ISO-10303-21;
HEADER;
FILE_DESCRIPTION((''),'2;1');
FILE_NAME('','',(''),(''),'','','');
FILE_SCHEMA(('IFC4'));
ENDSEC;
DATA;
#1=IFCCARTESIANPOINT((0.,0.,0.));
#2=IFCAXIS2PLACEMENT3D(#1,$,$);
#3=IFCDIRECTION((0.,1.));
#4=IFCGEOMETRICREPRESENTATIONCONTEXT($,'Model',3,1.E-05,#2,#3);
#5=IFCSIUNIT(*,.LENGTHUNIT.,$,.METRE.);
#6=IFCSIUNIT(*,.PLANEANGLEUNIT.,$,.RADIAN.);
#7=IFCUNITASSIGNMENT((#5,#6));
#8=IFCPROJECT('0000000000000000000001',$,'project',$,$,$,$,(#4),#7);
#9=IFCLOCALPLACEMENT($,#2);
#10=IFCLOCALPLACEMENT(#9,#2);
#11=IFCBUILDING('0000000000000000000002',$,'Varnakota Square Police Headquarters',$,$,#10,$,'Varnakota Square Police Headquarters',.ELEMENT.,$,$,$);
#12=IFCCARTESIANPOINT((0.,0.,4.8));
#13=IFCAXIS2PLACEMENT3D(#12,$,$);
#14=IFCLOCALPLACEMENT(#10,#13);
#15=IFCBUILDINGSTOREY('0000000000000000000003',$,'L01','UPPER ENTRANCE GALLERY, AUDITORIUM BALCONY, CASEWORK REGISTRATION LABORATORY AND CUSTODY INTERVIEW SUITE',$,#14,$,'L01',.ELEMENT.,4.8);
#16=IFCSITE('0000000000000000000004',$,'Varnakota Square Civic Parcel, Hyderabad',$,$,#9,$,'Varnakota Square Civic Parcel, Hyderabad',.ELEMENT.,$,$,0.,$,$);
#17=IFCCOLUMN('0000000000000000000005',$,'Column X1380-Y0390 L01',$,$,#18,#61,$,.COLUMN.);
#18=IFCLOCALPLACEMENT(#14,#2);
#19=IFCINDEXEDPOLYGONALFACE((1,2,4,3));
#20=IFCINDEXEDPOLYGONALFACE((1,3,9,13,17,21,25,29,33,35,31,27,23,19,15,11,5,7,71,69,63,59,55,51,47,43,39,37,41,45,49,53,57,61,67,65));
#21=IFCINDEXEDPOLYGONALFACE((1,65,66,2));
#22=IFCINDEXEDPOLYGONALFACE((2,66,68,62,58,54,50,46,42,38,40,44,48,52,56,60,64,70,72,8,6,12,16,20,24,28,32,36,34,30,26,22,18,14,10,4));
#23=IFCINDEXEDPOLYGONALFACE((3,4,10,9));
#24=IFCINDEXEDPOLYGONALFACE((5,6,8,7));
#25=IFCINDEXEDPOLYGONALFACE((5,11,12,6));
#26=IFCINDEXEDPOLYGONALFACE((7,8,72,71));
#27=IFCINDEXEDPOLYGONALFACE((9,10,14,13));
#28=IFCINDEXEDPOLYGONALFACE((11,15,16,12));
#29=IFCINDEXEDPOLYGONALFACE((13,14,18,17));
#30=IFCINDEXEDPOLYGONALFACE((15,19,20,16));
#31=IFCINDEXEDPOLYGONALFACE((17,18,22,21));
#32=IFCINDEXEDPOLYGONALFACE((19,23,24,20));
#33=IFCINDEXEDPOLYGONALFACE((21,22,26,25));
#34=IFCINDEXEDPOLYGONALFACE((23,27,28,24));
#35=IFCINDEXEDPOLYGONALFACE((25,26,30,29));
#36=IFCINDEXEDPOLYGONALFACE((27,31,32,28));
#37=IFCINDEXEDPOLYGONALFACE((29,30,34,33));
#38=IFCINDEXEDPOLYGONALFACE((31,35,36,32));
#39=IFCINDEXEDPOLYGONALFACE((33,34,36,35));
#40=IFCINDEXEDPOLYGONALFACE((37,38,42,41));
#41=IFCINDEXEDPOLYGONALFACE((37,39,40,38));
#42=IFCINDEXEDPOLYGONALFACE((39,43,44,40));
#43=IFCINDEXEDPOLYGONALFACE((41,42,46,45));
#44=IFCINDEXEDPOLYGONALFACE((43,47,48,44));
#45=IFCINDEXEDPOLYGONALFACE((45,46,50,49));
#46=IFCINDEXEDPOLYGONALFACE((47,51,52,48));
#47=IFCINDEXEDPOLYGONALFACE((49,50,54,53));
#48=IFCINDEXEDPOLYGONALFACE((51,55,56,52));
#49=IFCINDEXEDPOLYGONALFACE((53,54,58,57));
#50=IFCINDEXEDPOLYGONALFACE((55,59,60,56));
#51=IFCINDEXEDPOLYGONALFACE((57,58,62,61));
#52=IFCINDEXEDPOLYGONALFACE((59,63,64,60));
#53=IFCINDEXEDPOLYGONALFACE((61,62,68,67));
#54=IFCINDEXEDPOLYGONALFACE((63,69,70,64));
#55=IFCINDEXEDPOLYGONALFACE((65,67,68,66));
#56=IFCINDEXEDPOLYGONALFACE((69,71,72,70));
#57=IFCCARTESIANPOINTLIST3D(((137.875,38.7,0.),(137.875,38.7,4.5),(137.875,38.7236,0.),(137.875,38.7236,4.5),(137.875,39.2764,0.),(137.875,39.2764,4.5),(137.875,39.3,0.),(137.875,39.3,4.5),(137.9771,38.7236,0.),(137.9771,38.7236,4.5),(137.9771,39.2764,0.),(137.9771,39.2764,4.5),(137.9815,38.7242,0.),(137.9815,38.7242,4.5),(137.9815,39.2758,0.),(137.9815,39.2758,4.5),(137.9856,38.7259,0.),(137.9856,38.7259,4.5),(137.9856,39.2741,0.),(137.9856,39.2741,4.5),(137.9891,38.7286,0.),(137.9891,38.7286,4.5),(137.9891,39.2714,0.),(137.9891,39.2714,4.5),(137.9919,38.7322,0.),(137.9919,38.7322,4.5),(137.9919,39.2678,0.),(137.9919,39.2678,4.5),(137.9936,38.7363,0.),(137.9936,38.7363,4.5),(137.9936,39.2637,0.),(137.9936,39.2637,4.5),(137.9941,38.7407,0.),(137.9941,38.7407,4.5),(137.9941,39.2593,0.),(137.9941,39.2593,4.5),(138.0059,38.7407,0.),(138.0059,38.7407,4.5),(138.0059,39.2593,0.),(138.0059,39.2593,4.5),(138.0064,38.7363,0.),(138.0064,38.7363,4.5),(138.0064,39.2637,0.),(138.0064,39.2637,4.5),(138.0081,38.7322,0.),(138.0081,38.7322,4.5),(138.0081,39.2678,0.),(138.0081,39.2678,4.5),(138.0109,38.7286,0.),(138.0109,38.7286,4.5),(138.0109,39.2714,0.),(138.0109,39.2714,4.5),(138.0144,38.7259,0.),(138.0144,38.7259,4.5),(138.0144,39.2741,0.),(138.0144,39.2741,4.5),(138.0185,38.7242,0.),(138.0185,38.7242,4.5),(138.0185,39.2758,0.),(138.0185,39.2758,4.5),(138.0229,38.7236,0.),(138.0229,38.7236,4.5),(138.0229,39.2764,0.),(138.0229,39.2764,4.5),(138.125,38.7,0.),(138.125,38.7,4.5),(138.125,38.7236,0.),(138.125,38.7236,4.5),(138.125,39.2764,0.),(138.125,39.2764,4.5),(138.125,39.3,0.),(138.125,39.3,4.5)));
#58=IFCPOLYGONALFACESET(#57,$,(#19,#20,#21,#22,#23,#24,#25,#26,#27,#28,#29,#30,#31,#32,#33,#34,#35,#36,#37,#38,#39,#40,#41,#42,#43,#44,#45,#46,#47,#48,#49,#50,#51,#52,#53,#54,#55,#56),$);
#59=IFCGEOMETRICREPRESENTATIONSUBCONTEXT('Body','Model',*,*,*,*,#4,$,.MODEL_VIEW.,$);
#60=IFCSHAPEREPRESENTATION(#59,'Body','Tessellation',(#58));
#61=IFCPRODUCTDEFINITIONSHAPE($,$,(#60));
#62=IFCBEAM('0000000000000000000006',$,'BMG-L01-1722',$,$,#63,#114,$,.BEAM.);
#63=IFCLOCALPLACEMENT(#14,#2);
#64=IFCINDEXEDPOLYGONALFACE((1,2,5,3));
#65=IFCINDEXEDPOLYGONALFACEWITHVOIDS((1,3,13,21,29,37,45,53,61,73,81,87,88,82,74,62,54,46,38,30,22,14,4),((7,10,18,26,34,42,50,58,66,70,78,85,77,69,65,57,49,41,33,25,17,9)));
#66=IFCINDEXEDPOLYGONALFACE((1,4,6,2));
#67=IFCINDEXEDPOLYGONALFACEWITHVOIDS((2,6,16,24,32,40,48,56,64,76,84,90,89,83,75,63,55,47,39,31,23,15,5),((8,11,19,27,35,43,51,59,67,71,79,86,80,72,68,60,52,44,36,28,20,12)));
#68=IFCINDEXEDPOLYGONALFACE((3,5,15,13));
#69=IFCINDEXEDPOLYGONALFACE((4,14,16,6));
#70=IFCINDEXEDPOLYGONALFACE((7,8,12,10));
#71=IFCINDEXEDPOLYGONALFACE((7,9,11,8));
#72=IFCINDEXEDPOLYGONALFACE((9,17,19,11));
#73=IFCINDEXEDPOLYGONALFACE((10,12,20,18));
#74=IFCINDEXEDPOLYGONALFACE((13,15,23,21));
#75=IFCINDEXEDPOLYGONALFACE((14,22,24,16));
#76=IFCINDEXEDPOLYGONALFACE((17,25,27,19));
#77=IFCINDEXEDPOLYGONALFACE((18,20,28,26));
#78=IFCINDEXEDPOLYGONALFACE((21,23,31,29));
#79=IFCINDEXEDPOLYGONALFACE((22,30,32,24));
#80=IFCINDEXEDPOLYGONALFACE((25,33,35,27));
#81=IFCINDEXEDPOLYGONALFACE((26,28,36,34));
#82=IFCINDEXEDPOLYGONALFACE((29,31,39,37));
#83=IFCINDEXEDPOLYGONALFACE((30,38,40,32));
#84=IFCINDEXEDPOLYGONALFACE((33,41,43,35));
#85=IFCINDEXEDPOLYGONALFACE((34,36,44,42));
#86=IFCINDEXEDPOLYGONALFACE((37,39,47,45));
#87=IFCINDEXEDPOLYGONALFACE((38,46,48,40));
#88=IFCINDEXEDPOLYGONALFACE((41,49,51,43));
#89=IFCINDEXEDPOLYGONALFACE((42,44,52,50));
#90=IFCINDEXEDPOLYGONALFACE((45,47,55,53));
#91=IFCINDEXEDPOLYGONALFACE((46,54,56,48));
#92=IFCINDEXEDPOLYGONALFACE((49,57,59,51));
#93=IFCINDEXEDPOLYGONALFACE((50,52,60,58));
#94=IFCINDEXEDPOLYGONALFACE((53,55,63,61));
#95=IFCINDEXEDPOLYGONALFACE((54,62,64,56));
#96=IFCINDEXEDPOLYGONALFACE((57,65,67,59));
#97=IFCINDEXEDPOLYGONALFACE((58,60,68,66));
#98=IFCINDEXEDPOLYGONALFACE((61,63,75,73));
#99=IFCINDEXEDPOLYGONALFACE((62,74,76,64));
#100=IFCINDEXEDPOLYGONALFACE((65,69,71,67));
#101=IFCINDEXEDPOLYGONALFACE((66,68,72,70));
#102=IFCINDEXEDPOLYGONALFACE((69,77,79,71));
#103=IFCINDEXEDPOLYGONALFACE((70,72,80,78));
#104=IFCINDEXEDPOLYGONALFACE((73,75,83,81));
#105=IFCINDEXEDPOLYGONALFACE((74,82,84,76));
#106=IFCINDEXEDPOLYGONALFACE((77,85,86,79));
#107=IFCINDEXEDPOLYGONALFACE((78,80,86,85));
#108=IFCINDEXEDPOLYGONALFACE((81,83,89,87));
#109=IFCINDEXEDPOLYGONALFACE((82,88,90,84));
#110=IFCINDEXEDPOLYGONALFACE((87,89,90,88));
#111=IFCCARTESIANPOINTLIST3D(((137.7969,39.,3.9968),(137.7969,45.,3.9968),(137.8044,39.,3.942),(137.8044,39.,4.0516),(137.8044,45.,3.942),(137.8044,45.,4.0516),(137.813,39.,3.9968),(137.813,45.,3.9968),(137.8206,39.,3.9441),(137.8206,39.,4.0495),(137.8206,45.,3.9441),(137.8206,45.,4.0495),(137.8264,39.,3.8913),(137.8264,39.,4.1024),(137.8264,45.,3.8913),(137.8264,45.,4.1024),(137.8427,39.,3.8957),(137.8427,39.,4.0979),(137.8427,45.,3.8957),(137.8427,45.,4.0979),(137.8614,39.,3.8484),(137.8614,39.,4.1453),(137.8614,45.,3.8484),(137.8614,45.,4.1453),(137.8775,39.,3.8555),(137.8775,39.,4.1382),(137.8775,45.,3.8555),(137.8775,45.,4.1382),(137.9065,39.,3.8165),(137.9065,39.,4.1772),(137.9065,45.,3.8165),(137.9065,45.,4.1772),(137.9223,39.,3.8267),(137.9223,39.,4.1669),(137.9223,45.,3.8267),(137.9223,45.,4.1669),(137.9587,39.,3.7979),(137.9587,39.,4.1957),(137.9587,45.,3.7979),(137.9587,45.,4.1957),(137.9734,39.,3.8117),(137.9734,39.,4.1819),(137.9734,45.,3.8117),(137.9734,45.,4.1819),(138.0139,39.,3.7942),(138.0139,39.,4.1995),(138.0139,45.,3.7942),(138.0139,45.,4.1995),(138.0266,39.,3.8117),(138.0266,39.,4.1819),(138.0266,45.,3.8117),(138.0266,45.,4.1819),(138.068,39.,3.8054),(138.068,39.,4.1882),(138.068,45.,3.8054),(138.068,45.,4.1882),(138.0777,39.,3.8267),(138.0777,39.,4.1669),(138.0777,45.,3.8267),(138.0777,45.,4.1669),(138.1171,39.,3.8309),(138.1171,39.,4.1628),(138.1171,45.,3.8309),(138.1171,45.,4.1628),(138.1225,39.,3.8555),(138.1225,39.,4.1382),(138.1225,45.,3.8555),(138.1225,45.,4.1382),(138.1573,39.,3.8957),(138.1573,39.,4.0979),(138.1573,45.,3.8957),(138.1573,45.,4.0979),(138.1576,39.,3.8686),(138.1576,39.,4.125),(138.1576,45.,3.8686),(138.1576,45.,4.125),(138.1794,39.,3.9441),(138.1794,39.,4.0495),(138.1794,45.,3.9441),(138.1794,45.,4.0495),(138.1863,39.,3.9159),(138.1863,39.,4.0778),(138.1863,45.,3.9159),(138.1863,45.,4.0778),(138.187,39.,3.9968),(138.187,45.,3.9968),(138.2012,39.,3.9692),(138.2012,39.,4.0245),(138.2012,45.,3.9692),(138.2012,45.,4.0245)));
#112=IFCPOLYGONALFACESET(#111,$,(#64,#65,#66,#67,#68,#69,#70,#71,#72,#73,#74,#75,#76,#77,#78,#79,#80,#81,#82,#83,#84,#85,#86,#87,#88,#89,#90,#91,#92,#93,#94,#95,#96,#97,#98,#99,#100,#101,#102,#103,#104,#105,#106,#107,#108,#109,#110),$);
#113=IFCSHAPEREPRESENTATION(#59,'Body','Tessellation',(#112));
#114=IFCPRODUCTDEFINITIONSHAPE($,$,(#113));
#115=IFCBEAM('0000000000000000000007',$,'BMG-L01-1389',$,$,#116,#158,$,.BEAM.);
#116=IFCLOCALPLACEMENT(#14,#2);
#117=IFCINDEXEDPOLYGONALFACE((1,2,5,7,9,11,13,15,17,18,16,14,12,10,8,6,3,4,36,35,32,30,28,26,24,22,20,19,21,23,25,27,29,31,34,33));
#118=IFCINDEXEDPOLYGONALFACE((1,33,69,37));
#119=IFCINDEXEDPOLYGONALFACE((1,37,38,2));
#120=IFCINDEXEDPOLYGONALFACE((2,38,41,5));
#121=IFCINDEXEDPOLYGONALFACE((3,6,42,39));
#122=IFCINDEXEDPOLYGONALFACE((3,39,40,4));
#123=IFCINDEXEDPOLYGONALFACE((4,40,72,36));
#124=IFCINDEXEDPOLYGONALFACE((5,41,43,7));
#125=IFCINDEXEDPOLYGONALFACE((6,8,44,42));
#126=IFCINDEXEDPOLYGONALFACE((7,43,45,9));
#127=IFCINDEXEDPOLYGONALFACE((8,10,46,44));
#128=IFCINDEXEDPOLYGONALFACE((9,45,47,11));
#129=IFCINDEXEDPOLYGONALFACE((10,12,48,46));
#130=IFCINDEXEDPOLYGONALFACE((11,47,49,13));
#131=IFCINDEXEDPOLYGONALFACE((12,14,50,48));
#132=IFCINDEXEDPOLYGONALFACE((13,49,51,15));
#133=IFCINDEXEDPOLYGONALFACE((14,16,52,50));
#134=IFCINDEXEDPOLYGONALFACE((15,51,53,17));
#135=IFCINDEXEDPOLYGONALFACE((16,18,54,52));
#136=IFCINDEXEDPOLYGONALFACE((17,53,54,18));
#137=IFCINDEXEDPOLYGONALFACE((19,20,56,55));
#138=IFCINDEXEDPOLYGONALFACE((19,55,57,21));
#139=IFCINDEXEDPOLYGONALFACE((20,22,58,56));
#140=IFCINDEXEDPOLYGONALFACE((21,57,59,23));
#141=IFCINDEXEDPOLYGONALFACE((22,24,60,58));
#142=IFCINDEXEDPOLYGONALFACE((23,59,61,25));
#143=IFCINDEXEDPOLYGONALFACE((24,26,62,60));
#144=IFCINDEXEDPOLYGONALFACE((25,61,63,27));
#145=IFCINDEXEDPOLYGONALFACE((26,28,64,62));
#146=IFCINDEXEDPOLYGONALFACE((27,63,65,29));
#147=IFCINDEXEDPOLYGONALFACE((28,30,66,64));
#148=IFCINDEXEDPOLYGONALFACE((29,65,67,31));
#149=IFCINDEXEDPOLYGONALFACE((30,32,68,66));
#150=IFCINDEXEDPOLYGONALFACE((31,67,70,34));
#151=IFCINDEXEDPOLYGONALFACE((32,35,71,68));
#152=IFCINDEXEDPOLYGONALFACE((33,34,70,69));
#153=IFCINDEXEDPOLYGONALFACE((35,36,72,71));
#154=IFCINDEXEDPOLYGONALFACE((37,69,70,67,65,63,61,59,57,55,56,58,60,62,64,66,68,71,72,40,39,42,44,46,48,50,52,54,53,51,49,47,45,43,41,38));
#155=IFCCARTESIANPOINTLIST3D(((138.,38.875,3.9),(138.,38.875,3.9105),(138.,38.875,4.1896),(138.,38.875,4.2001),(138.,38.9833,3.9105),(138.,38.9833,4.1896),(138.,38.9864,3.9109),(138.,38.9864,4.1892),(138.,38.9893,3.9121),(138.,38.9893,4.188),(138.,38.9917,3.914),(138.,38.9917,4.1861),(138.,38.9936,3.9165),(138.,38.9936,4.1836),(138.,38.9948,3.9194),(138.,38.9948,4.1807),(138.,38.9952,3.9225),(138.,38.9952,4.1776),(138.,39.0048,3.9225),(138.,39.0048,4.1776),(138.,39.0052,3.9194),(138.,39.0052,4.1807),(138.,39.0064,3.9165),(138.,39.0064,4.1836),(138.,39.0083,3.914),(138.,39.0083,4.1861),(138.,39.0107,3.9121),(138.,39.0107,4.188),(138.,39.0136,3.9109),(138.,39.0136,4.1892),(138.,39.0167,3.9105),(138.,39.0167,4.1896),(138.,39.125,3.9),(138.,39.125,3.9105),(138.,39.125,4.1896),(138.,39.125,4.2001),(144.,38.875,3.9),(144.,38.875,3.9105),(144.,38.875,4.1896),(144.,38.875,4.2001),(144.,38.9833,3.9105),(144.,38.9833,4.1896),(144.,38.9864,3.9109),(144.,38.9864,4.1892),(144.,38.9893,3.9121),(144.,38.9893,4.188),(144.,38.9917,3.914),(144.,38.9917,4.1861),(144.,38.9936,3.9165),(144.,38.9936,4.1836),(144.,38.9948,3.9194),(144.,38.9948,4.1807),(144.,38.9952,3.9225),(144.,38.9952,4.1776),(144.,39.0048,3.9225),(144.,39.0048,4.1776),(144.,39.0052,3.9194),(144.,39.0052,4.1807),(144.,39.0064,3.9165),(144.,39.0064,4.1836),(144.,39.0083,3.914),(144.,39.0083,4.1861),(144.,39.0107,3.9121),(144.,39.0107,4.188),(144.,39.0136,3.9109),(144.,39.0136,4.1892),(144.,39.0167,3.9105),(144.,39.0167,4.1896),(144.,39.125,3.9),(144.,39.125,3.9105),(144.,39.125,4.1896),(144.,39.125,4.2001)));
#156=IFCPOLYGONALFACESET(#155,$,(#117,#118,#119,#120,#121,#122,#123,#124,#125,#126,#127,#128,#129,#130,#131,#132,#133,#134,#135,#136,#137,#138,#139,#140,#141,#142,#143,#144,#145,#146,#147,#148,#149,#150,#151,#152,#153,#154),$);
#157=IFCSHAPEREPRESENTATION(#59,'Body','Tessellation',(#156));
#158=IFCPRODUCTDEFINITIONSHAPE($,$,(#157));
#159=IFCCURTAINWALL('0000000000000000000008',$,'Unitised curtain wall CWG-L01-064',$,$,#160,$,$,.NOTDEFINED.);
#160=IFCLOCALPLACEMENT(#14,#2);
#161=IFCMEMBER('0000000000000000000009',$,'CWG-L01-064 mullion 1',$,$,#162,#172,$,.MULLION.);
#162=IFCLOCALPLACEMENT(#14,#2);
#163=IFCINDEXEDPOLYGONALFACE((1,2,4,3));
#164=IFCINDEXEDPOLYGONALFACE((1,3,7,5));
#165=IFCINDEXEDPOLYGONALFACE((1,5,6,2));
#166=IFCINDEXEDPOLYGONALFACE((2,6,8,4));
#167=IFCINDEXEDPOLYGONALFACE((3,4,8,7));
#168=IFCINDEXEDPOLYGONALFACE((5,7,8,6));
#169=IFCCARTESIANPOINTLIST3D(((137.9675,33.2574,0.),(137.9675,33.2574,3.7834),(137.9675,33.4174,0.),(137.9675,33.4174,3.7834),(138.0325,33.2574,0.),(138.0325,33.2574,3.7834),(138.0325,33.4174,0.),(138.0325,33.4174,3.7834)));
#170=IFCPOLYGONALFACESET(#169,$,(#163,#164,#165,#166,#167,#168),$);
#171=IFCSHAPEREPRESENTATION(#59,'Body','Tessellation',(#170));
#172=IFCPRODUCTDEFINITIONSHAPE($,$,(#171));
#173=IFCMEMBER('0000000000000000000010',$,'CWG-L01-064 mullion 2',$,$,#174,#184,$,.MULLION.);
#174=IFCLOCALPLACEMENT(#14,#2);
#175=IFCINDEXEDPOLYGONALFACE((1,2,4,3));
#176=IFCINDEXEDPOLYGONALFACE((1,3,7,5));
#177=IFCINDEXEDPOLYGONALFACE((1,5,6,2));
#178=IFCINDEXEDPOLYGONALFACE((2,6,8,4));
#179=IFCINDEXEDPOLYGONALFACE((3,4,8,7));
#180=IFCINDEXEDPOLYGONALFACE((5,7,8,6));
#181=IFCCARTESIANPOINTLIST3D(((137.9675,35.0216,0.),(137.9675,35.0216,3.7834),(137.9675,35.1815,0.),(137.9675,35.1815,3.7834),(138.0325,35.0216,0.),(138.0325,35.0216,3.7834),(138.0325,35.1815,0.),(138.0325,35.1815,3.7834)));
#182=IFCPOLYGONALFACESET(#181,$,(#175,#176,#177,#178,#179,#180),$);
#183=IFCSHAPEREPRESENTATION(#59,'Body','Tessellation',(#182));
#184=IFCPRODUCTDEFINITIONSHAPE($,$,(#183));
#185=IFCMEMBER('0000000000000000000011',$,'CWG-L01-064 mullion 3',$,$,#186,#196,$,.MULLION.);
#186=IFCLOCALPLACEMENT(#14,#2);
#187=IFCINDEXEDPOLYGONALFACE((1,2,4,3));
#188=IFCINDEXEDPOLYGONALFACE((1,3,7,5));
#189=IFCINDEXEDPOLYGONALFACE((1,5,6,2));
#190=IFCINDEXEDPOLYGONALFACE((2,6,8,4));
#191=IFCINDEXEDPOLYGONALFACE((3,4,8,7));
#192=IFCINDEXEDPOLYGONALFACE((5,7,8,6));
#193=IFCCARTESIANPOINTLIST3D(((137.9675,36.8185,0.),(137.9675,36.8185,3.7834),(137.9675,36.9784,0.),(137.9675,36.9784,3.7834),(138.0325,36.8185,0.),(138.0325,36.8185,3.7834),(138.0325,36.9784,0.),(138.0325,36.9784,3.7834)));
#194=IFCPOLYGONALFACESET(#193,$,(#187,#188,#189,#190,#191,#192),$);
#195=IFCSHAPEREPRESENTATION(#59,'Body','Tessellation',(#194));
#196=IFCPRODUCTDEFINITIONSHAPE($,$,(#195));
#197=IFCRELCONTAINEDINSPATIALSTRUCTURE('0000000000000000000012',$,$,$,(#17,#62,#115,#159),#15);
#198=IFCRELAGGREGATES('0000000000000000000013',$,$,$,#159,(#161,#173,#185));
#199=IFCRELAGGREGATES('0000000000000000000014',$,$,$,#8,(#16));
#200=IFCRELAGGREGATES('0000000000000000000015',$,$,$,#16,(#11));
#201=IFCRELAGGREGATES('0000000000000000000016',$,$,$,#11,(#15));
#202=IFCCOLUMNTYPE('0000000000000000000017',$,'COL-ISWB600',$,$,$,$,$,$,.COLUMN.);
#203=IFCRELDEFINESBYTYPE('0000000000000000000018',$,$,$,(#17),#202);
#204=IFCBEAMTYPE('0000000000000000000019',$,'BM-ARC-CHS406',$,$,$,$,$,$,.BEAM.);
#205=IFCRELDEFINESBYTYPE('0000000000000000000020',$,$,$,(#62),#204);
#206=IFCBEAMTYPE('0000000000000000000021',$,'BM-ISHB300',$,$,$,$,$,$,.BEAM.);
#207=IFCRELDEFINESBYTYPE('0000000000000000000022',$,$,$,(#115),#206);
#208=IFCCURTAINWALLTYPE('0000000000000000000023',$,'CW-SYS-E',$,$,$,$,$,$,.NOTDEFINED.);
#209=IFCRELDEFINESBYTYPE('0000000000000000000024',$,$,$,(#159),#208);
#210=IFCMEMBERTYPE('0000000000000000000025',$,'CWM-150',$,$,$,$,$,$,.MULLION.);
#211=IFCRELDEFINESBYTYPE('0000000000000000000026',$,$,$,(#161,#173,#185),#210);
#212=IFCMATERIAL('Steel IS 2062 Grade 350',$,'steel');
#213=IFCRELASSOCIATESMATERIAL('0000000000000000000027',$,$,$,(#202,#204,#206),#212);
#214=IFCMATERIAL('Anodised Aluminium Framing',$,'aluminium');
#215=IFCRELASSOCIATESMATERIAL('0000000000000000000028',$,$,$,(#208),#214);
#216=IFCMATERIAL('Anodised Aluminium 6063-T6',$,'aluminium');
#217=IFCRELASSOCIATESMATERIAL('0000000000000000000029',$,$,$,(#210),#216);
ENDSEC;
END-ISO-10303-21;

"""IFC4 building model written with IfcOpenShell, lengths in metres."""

from ifc_helpers import new_model, si_unit, direction, frame, origin, origin_2d, place, context, subcontext, project, spatial, rectangle, hollow_circle, i_section, extrude, material, material_profile, profile_set, type_object, element, aggregate, save


model = new_model("IFC4")

# Units and contexts
model_context = context("Model", 3, precision=1e-05, world=origin(), true_north=direction((0.0, 1.0)))
body_context = subcontext(model_context, "Body", "Model", "MODEL_VIEW")
ifc_project = project(units=[si_unit("LENGTHUNIT", "METRE"), si_unit("PLANEANGLEUNIT", "RADIAN")], contexts=[model_context])

# Site, building, storey
site_placement = place(None, origin())
site = spatial("IfcSite", under=ifc_project, at=site_placement, Name="Varnakota Square Civic Parcel, Hyderabad", LongName="Varnakota Square Civic Parcel, Hyderabad", CompositionType="ELEMENT", RefElevation=0.0)
building_placement = place(site_placement, origin())
building = spatial("IfcBuilding", under=site, at=building_placement, Name="Varnakota Square Police Headquarters", LongName="Varnakota Square Police Headquarters", CompositionType="ELEMENT")
storey_placement = place(building_placement, frame((0.0, 0.0, 4.8)))
storey = spatial("IfcBuildingStorey", under=building, at=storey_placement, Name="L01", Description="UPPER ENTRANCE GALLERY, AUDITORIUM BALCONY, CASEWORK REGISTRATION LABORATORY AND CUSTODY INTERVIEW SUITE", LongName="L01", CompositionType="ELEMENT", Elevation=4.8)

# Column
ifc_material_1 = material(Name="Steel IS 2062 Grade 350", Category="steel")
ifc_material_profile_1 = material_profile(ifc_material_1, i_section(OverallWidth=0.25, OverallDepth=0.6001, WebThickness=0.0117, FlangeThickness=0.0237, FilletRadius=0.0171, at=origin_2d()), Name="ISWB 600")
ifc_profile_set_1 = profile_set([ifc_material_profile_1], Name="Steel IS 2062 Grade 350")
column_type = type_object("IfcColumnType", Name="COL-ISWB600", PredefinedType="COLUMN", material=ifc_profile_set_1)
column_placement = place(storey_placement, frame((138.0, 39.0, 0.0), z_axis=(0.0, 0.0, 1.0), x_axis=(1.0, 0.0, 0.0)))
element("IfcColumn", 1, at=column_placement, inside=storey, type_object=column_type, Name="Column X1380-Y0390 L01", PredefinedType="COLUMN", context=body_context, shape_type="SweptSolid", body=[
    extrude(i_section(OverallWidth=0.25, OverallDepth=0.6001, WebThickness=0.0117, FlangeThickness=0.0237, FilletRadius=0.0171, at=origin_2d()), origin(), (0.0, 0.0, 1.0), 4.5),
])

# Beams
ifc_material_profile_2 = material_profile(ifc_material_1, hollow_circle(Radius=0.2031, WallThickness=0.0161, at=origin_2d()), Name="CHS 406.4x16.0")
ifc_profile_set_2 = profile_set([ifc_material_profile_2], Name="Steel IS 2062 Grade 350")
beam_type_1 = type_object("IfcBeamType", Name="BM-ARC-CHS406", PredefinedType="BEAM", material=ifc_profile_set_2)
beam_1_placement = place(storey_placement, frame((138.0, 39.0, 3.9968), z_axis=(0.0, 1.0, 0.0), x_axis=(-1.0, 0.0, 0.0)))
element("IfcBeam", 2, at=beam_1_placement, inside=storey, type_object=beam_type_1, Name="BMG-L01-1722", PredefinedType="BEAM", context=body_context, shape_type="SweptSolid", body=[
    extrude(hollow_circle(Radius=0.2031, WallThickness=0.0161, at=origin_2d()), origin(), (0.0, 0.0, 1.0), 6.0),
])
ifc_material_profile_3 = material_profile(ifc_material_1, i_section(OverallWidth=0.25, OverallDepth=0.3, WebThickness=0.0095, FlangeThickness=0.0105, FilletRadius=0.012, at=origin_2d()), Name="ISHB 300")
ifc_profile_set_3 = profile_set([ifc_material_profile_3], Name="Steel IS 2062 Grade 350")
beam_type_2 = type_object("IfcBeamType", Name="BM-ISHB300", PredefinedType="BEAM", material=ifc_profile_set_3)
beam_2_placement = place(storey_placement, frame((138.0, 39.0, 4.05), z_axis=(1.0, 0.0, 0.0), x_axis=(0.0, 1.0, 0.0)))
element("IfcBeam", 3, at=beam_2_placement, inside=storey, type_object=beam_type_2, Name="BMG-L01-1389", PredefinedType="BEAM", context=body_context, shape_type="SweptSolid", body=[
    extrude(i_section(OverallWidth=0.25, OverallDepth=0.3, WebThickness=0.0095, FlangeThickness=0.0105, FilletRadius=0.012, at=origin_2d()), origin(), (0.0, 0.0, 1.0), 6.0),
])

# Curtain wall, members
ifc_material_2 = material(Name="Anodised Aluminium Framing", Category="aluminium")
curtain_wall_type = type_object("IfcCurtainWallType", Name="CW-SYS-E", PredefinedType="NOTDEFINED", material=ifc_material_2)
curtain_wall_placement = place(storey_placement, origin())
curtain_wall = element("IfcCurtainWall", 4, at=curtain_wall_placement, inside=storey, type_object=curtain_wall_type, Name="Unitised curtain wall CWG-L01-064", PredefinedType="NOTDEFINED")
ifc_material_3 = material(Name="Anodised Aluminium 6063-T6", Category="aluminium")
ifc_material_profile_4 = material_profile(ifc_material_3, rectangle(XDim=0.0649, YDim=0.1599, at=origin_2d()), Name="ALU MULLION 65x160")
ifc_profile_set_4 = profile_set([ifc_material_profile_4], Name="Anodised Aluminium 6063-T6")
member_type_1 = type_object("IfcMemberType", Name="CWM-150", PredefinedType="MULLION", material=ifc_profile_set_4)
member_1_placement = place(storey_placement, frame((138.0, 33.3374, 0.0), z_axis=(0.0, 0.0, 1.0), x_axis=(-1.0, 0.0, 0.0)))
member_1 = element("IfcMember", 5, at=member_1_placement, type_object=member_type_1, Name="CWG-L01-064 mullion 1", PredefinedType="MULLION", context=body_context, shape_type="SweptSolid", body=[
    extrude(rectangle(XDim=0.0649, YDim=0.1599, at=origin_2d()), origin(), (0.0, 0.0, 1.0), 3.7834),
])
member_2_placement = place(storey_placement, frame((138.0, 35.1016, 0.0), z_axis=(0.0, 0.0, 1.0), x_axis=(-1.0, 0.0, 0.0)))
member_2 = element("IfcMember", 6, at=member_2_placement, type_object=member_type_1, Name="CWG-L01-064 mullion 2", PredefinedType="MULLION", context=body_context, shape_type="SweptSolid", body=[
    extrude(rectangle(XDim=0.0649, YDim=0.1599, at=origin_2d()), origin(), (0.0, 0.0, 1.0), 3.7834),
])
member_3_placement = place(storey_placement, frame((138.0, 36.8984, 0.0), z_axis=(0.0, 0.0, 1.0), x_axis=(-1.0, 0.0, 0.0)))
member_3 = element("IfcMember", 7, at=member_3_placement, type_object=member_type_1, Name="CWG-L01-064 mullion 3", PredefinedType="MULLION", context=body_context, shape_type="SweptSolid", body=[
    extrude(rectangle(XDim=0.0649, YDim=0.1599, at=origin_2d()), origin(), (0.0, 0.0, 1.0), 3.7834),
])
aggregate(curtain_wall, [member_1, member_2, member_3])

save(model, "model.ifc")
